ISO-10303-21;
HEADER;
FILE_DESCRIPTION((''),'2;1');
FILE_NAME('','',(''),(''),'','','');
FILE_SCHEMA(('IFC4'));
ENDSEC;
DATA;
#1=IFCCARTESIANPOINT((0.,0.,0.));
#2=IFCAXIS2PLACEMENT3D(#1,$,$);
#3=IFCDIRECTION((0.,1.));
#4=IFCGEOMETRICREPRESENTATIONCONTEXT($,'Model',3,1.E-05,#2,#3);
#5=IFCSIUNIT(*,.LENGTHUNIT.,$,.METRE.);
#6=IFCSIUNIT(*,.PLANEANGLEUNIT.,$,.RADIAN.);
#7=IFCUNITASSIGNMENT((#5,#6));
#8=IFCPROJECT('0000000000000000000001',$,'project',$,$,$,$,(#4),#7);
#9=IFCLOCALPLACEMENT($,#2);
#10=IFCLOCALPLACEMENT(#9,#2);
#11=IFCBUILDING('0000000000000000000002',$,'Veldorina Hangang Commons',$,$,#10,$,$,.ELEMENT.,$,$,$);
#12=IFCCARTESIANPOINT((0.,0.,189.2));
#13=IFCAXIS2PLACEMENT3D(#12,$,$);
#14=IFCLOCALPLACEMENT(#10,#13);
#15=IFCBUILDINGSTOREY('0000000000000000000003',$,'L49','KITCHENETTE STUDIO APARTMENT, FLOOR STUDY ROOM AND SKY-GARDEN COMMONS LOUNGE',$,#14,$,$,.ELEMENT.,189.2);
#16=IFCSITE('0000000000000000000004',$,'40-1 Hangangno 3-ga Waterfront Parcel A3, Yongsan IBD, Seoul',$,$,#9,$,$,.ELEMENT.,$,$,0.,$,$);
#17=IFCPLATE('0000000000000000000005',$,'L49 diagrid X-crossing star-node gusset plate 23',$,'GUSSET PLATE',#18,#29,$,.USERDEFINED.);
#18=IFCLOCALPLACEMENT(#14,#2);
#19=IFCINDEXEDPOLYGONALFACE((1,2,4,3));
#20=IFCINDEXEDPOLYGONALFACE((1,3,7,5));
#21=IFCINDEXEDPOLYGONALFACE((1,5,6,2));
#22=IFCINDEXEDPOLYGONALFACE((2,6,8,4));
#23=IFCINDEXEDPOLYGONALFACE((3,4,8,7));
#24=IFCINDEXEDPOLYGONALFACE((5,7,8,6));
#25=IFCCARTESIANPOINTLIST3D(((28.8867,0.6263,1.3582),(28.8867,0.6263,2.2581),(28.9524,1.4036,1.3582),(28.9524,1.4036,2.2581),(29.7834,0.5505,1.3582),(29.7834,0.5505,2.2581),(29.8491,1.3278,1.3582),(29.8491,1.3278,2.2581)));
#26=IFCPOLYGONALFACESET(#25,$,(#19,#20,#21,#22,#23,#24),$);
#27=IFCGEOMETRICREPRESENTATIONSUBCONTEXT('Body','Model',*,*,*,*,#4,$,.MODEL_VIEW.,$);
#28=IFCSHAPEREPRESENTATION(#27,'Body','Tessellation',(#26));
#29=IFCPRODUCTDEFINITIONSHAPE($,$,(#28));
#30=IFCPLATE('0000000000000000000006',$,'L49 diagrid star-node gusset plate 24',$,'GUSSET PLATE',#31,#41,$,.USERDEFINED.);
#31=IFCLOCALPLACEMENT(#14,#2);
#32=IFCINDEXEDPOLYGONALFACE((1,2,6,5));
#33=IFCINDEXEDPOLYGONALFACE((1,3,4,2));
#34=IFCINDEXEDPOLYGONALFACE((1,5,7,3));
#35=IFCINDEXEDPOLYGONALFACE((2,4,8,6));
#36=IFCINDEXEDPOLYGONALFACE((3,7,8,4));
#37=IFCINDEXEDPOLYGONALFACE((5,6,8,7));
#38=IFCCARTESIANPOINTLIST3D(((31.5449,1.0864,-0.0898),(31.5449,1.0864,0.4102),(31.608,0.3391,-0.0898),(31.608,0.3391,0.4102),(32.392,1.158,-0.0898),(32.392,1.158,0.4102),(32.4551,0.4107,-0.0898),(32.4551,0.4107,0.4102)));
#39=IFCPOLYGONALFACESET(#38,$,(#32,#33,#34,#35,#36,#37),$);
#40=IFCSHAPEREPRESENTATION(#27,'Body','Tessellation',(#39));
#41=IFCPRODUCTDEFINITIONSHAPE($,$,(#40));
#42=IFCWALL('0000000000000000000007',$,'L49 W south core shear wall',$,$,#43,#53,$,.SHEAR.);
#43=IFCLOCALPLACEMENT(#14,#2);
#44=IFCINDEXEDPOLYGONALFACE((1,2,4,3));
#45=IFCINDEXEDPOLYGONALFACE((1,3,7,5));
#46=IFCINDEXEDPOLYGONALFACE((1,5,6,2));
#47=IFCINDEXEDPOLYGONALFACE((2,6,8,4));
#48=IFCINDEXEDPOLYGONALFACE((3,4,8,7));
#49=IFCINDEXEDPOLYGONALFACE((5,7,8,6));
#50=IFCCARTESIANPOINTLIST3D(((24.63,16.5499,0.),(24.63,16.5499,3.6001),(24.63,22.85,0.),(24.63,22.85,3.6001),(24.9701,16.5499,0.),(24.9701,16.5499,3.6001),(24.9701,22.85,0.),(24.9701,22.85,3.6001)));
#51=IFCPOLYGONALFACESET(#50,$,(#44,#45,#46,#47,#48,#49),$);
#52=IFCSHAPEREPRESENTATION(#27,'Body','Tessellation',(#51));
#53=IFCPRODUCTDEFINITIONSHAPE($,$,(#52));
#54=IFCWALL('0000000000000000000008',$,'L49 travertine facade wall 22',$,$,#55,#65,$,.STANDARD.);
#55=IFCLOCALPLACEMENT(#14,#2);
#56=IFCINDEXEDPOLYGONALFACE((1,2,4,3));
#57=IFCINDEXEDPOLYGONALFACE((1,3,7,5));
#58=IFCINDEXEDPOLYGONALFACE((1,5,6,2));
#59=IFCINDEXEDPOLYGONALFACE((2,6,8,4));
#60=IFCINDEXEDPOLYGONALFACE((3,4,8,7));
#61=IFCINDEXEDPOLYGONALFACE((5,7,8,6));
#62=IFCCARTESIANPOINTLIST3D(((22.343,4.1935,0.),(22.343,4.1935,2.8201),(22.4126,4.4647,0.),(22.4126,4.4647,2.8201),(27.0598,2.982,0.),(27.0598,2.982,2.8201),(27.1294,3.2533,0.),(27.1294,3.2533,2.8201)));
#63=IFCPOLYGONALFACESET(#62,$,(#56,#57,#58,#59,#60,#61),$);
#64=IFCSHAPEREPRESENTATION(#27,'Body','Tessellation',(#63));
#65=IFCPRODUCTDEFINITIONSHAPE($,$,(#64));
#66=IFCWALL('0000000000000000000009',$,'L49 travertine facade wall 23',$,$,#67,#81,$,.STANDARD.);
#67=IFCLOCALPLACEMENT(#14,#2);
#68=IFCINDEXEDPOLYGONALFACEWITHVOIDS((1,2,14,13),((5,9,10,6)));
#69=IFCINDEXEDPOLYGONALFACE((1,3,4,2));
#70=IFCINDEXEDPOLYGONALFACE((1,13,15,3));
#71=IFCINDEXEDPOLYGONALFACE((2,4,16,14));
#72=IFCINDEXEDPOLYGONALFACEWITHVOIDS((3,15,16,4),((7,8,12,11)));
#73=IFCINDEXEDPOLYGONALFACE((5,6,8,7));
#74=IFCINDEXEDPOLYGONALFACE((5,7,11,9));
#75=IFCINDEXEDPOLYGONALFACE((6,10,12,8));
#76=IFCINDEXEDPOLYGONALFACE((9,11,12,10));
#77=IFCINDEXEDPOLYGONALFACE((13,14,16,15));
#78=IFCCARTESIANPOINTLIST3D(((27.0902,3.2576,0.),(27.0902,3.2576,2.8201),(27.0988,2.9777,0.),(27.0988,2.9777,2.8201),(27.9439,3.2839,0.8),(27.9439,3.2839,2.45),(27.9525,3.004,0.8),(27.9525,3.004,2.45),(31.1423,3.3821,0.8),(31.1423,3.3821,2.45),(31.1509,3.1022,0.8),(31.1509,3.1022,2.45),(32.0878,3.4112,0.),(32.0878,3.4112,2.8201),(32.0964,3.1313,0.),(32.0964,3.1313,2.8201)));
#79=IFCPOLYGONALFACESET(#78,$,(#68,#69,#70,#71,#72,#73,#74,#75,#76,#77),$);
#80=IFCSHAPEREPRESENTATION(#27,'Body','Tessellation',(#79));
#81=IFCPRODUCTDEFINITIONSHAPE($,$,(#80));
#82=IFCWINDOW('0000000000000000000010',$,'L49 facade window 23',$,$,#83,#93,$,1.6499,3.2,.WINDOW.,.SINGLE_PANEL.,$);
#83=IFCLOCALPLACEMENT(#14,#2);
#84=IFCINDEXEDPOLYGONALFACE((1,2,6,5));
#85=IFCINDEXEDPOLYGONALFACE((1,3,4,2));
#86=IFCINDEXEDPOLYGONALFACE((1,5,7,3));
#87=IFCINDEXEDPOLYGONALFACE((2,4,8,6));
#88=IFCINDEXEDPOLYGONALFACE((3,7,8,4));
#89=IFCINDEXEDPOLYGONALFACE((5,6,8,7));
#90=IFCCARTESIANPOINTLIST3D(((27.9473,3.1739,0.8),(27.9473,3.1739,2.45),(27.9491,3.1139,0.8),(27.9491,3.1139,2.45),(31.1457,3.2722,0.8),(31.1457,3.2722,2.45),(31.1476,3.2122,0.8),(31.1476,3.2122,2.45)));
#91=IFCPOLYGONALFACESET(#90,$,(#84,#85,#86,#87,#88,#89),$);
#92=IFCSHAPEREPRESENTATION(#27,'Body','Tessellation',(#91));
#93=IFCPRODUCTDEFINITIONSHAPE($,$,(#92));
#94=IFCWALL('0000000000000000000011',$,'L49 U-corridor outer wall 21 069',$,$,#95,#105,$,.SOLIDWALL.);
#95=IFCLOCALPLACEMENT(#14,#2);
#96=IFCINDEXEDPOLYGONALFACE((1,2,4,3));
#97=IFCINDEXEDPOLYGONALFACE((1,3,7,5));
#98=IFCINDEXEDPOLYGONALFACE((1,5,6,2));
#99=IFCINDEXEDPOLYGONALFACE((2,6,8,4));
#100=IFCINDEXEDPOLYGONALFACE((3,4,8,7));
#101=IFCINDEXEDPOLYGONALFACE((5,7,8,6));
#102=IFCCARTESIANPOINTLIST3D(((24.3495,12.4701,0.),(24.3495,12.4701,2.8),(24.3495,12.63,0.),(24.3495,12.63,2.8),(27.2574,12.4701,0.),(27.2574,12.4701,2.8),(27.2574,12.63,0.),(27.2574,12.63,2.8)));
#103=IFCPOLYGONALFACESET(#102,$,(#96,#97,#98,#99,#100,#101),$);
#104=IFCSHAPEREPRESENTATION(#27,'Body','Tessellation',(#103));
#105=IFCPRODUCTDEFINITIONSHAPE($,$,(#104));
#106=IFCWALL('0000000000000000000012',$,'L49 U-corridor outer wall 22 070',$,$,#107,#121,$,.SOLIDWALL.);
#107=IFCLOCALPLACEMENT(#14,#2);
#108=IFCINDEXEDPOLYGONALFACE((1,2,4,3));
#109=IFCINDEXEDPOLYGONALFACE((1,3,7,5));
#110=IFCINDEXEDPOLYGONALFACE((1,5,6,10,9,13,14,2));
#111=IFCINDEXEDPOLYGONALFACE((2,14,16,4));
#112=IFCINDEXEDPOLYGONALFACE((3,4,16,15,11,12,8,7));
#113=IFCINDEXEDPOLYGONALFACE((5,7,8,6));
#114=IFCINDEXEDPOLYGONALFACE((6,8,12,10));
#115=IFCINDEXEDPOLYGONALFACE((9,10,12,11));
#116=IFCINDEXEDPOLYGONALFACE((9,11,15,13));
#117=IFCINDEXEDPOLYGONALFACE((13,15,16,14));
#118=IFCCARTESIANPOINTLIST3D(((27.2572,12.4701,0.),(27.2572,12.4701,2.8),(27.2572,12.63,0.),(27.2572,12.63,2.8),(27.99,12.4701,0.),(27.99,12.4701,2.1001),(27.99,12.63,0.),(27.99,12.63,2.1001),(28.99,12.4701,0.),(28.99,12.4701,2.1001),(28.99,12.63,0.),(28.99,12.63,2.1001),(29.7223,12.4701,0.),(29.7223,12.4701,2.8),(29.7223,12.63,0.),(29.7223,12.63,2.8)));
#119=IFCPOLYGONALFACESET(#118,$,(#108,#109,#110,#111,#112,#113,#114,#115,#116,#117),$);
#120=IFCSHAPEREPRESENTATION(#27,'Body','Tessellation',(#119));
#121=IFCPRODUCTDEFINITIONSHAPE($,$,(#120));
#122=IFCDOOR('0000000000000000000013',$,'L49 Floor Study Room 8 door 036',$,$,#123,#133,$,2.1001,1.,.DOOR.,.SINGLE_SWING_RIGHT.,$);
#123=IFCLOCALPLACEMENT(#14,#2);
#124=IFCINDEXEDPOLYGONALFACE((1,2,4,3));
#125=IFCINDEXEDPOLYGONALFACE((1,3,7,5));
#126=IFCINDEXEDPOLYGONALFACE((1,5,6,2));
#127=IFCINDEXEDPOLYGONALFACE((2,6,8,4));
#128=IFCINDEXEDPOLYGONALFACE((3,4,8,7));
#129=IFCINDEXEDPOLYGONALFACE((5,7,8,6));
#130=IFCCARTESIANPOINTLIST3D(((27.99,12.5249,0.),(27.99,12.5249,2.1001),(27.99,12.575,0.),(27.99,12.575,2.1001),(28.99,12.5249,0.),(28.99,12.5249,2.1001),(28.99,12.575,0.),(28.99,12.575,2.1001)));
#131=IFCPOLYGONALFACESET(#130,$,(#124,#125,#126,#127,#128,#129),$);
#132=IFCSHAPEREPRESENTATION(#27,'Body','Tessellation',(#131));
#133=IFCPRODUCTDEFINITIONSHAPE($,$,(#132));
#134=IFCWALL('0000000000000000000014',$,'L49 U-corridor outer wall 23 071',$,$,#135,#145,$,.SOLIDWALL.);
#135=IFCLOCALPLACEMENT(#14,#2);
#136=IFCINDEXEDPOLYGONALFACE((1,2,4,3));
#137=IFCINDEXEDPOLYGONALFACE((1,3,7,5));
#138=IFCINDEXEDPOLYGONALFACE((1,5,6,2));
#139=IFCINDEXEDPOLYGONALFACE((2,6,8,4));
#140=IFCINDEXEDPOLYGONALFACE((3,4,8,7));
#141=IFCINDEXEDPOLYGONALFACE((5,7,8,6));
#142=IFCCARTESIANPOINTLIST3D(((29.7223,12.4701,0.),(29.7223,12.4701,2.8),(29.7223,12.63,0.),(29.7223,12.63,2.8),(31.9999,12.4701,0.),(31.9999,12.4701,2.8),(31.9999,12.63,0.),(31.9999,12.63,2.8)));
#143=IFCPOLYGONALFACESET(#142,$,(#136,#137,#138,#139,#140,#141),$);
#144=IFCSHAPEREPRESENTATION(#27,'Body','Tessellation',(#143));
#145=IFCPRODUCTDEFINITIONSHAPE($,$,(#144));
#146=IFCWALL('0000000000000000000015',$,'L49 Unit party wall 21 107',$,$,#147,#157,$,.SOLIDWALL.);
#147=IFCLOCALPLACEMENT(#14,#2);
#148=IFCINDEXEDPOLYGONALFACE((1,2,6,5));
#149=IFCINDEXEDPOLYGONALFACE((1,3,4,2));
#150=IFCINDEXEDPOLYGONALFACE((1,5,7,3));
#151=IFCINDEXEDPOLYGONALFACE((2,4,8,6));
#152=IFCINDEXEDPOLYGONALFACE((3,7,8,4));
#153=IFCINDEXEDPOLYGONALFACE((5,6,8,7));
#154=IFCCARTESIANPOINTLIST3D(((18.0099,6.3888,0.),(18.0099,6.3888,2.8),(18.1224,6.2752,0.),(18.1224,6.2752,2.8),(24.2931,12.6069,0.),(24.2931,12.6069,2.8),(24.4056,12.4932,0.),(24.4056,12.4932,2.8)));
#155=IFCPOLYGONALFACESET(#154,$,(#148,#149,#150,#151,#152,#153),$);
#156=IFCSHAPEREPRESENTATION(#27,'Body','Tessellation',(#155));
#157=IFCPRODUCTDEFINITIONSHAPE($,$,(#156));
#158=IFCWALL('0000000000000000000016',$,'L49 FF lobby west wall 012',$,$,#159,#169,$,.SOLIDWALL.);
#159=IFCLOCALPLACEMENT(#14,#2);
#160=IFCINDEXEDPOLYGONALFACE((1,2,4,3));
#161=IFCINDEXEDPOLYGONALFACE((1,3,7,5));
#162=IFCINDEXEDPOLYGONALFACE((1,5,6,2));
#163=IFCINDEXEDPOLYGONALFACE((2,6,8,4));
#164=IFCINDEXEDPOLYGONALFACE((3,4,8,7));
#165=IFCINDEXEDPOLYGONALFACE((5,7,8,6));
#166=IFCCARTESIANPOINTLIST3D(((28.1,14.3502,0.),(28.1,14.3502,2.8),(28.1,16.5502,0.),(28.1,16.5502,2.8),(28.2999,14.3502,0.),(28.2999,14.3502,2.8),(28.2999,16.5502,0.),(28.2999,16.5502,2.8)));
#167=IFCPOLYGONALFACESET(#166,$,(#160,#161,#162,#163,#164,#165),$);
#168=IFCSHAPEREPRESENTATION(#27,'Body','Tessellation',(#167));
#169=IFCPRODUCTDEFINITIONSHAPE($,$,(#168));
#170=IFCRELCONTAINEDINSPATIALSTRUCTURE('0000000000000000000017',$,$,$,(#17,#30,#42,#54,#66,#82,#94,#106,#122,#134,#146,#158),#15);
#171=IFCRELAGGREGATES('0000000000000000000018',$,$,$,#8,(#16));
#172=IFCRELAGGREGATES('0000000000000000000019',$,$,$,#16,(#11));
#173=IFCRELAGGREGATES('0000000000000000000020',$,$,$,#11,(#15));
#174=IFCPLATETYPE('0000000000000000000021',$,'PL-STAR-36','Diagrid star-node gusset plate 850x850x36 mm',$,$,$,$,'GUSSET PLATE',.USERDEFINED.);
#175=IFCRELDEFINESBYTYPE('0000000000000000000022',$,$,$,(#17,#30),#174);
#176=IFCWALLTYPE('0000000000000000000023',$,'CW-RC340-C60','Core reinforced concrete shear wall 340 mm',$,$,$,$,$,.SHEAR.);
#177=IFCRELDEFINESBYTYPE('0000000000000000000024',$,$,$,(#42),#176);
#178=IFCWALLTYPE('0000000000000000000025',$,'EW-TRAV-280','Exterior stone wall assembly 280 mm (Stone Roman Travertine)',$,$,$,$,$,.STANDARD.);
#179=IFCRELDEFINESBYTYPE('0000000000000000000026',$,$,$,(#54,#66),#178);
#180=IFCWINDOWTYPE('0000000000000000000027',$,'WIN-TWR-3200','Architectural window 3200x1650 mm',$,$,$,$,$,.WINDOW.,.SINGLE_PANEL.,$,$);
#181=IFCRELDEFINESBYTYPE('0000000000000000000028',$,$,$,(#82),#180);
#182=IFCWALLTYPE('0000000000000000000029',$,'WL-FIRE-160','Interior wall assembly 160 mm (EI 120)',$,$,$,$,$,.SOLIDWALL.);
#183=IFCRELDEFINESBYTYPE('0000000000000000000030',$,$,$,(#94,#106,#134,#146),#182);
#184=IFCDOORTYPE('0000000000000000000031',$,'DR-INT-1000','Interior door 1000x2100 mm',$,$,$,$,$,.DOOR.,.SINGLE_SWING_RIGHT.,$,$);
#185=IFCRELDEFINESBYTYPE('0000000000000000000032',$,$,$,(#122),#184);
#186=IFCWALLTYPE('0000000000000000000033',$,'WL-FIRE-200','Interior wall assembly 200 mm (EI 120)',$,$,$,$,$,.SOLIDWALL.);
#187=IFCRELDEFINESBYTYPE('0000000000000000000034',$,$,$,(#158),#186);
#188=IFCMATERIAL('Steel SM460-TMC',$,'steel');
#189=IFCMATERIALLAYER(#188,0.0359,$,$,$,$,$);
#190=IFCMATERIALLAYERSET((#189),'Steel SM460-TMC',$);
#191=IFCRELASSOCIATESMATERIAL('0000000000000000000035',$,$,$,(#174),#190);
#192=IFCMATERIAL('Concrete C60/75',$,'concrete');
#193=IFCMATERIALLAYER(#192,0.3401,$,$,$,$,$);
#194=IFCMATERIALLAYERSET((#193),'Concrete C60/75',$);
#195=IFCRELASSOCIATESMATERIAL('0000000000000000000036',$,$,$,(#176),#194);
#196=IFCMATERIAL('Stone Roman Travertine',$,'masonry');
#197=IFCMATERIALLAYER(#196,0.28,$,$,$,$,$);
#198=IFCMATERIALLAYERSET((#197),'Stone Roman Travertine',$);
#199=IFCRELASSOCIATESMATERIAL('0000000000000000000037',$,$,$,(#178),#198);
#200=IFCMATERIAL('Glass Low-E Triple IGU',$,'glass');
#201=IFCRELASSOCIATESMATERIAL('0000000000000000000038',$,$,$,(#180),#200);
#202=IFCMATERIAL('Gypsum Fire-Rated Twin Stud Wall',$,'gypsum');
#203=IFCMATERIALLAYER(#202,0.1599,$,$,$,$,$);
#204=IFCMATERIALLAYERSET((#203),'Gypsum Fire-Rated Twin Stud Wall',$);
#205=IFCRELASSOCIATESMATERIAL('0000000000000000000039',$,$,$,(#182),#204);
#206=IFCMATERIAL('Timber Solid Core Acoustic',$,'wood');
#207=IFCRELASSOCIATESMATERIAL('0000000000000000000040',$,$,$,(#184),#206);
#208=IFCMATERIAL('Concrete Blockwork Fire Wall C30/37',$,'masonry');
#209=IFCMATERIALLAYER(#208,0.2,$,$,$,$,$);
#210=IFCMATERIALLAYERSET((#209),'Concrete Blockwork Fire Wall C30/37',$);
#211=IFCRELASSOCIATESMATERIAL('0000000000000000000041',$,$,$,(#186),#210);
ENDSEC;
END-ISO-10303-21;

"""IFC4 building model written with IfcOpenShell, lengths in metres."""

from ifc_helpers import new_model, si_unit, direction, frame, frame_2d, origin, origin_2d, place, context, subcontext, project, spatial, rectangle, extrude, material, layer, layer_set, type_object, element, fill, save


model = new_model("IFC4")

# Units and contexts
model_context = context("Model", 3, precision=1e-05, world=origin(), true_north=direction((0.0, 1.0)))
body_context = subcontext(model_context, "Body", "Model", "MODEL_VIEW")
ifc_project = project(units=[si_unit("LENGTHUNIT", "METRE"), si_unit("PLANEANGLEUNIT", "RADIAN")], contexts=[model_context])

# Site, building, storey
site_placement = place(None, origin())
site = spatial("IfcSite", under=ifc_project, at=site_placement, Name="40-1 Hangangno 3-ga Waterfront Parcel A3, Yongsan IBD, Seoul", CompositionType="ELEMENT", RefElevation=0.0)
building_placement = place(site_placement, origin())
building = spatial("IfcBuilding", under=site, at=building_placement, Name="Veldorina Hangang Commons", CompositionType="ELEMENT")
storey_placement = place(building_placement, frame((0.0, 0.0, 189.2)))
storey = spatial("IfcBuildingStorey", under=building, at=storey_placement, Name="L49", Description="KITCHENETTE STUDIO APARTMENT, FLOOR STUDY ROOM AND SKY-GARDEN COMMONS LOUNGE", CompositionType="ELEMENT", Elevation=189.2)

# Shared definitions
ifc_material_1 = material(Name="Glass Low-E Triple IGU", Category="glass")

# Plates
ifc_material_2 = material(Name="Steel SM460-TMC", Category="steel")
ifc_layer_1 = layer(ifc_material_2, 0.0359)
ifc_layer_set_1 = layer_set([ifc_layer_1], Name="Steel SM460-TMC")
plate_type = type_object("IfcPlateType", Name="PL-STAR-36", Description="Diagrid star-node gusset plate 850x850x36 mm", ElementType="GUSSET PLATE", PredefinedType="USERDEFINED", material=ifc_layer_set_1)
plate_1_placement = place(storey_placement, frame((29.3679, 0.9771, 1.3582), z_axis=(0.0, 0.0, 1.0), x_axis=(0.996449, -0.0842, 0.0)))
element("IfcPlate", 1, at=plate_1_placement, inside=storey, type_object=plate_type, Name="L49 diagrid X-crossing star-node gusset plate 23", ObjectType="GUSSET PLATE", PredefinedType="USERDEFINED", context=body_context, shape_type="SweptSolid", body=[
    extrude(rectangle(XDim=0.8999, YDim=0.78, at=origin_2d()), origin(), (0.0, 0.0, 1.0), 0.8999),
])
plate_2_placement = place(storey_placement, frame((32.0, 0.7485, -0.0898), z_axis=(0.0, 0.0, 1.0), x_axis=(0.996449, 0.0842, 0.0)))
element("IfcPlate", 2, at=plate_2_placement, inside=storey, type_object=plate_type, Name="L49 diagrid star-node gusset plate 24", ObjectType="GUSSET PLATE", PredefinedType="USERDEFINED", context=body_context, shape_type="SweptSolid", body=[
    extrude(rectangle(XDim=0.8501, YDim=0.75, at=origin_2d()), origin(), (0.0, 0.0, 1.0), 0.5),
])

# Walls
ifc_material_3 = material(Name="Concrete C60/75", Category="concrete")
ifc_layer_2 = layer(ifc_material_3, 0.3401)
ifc_layer_set_2 = layer_set([ifc_layer_2], Name="Concrete C60/75")
wall_type_1 = type_object("IfcWallType", Name="CW-RC340-C60", Description="Core reinforced concrete shear wall 340 mm", PredefinedType="SHEAR", material=ifc_layer_set_2)
wall_1_placement = place(storey_placement, frame((24.8, 16.55, 0.0), z_axis=(0.0, 0.0, 1.0), x_axis=(0.0, 1.0, 0.0)))
element("IfcWall", 3, at=wall_1_placement, inside=storey, type_object=wall_type_1, Name="L49 W south core shear wall", PredefinedType="SHEAR", context=body_context, shape_type="SweptSolid", body=[
    extrude(rectangle(XDim=6.3, YDim=0.3401, at=frame_2d((3.1499, 0.0))), origin(), (0.0, 0.0, 1.0), 3.6001),
])
ifc_material_4 = material(Name="Stone Roman Travertine", Category="masonry")
ifc_layer_3 = layer(ifc_material_4, 0.28)
ifc_layer_set_3 = layer_set([ifc_layer_3], Name="Stone Roman Travertine")
wall_type_2 = type_object("IfcWallType", Name="EW-TRAV-280", Description="Exterior stone wall assembly 280 mm (Stone Roman Travertine)", PredefinedType="STANDARD", material=ifc_layer_set_3)
wall_2_placement = place(storey_placement, frame((22.3777, 4.3291, 0.0), z_axis=(0.0, 0.0, 1.0), x_axis=(0.968565, -0.248759, 0.0)))
element("IfcWall", 4, at=wall_2_placement, inside=storey, type_object=wall_type_2, Name="L49 travertine facade wall 22", PredefinedType="STANDARD", context=body_context, shape_type="SweptSolid", body=[
    extrude(rectangle(XDim=4.8699, YDim=0.28, at=frame_2d((2.4351, 0.0))), origin(), (0.0, 0.0, 1.0), 2.8201),
])

# Wall, opening, window
wall_3_placement = place(storey_placement, frame((27.0945, 3.1177, 0.0), z_axis=(0.0, 0.0, 1.0), x_axis=(0.999528, 0.030713, 0.0)))
wall_3 = element("IfcWall", 5, at=wall_3_placement, inside=storey, type_object=wall_type_2, Name="L49 travertine facade wall 23", PredefinedType="STANDARD", context=body_context, shape_type="SweptSolid", body=[
    extrude(rectangle(XDim=5.0, YDim=0.28, at=frame_2d((2.5, 0.0))), origin(), (0.0, 0.0, 1.0), 2.8201),
])
opening_1_placement = place(wall_3_placement, frame((0.854, 0.0, 0.8)))
opening_1 = element("IfcOpeningElement", 6, at=opening_1_placement, cuts=wall_3, PredefinedType="OPENING", context=body_context, shape_type="SweptSolid", body=[
    extrude(rectangle(XDim=3.2, YDim=1.6499, at=frame_2d((1.6001, 0.825))), frame((0.0, 0.1499, 0.0), z_axis=(0.0, -1.0, 0.0), x_axis=(1.0, 0.0, 0.0)), (0.0, 0.0, 1.0), 0.3),
])
window_type = type_object("IfcWindowType", Name="WIN-TWR-3200", Description="Architectural window 3200x1650 mm", PartitioningType="SINGLE_PANEL", PredefinedType="WINDOW", material=ifc_material_1)
window_placement = place(opening_1_placement, origin())
window = element("IfcWindow", 7, at=window_placement, inside=storey, type_object=window_type, Name="L49 facade window 23", OverallHeight=1.6499, OverallWidth=3.2, PartitioningType="SINGLE_PANEL", PredefinedType="WINDOW", context=body_context, shape_type="SweptSolid", body=[
    extrude(rectangle(XDim=3.2, YDim=1.6499, at=frame_2d((1.6001, 0.825))), frame((0.0, 0.03, 0.0), z_axis=(0.0, -1.0, 0.0), x_axis=(1.0, 0.0, 0.0)), (0.0, 0.0, 1.0), 0.0601),
])
fill(opening_1, window)

# Wall
ifc_material_5 = material(Name="Gypsum Fire-Rated Twin Stud Wall", Category="gypsum")
ifc_layer_4 = layer(ifc_material_5, 0.1599)
ifc_layer_set_4 = layer_set([ifc_layer_4], Name="Gypsum Fire-Rated Twin Stud Wall")
wall_type_3 = type_object("IfcWallType", Name="WL-FIRE-160", Description="Interior wall assembly 160 mm (EI 120)", PredefinedType="SOLIDWALL", material=ifc_layer_set_4)
wall_4_placement = place(storey_placement, frame((24.3494, 12.55, 0.0), z_axis=(0.0, 0.0, 1.0), x_axis=(1.0, 0.0, 0.0)))
element("IfcWall", 8, at=wall_4_placement, inside=storey, type_object=wall_type_3, Name="L49 U-corridor outer wall 21 069", PredefinedType="SOLIDWALL", context=body_context, shape_type="SweptSolid", body=[
    extrude(rectangle(XDim=2.908, YDim=0.1599, at=frame_2d((1.4541, 0.0))), origin(), (0.0, 0.0, 1.0), 2.8),
])

# Wall, opening, door
wall_5_placement = place(storey_placement, frame((27.2573, 12.55, 0.0), z_axis=(0.0, 0.0, 1.0), x_axis=(1.0, 0.0, 0.0)))
wall_5 = element("IfcWall", 9, at=wall_5_placement, inside=storey, type_object=wall_type_3, Name="L49 U-corridor outer wall 22 070", PredefinedType="SOLIDWALL", context=body_context, shape_type="SweptSolid", body=[
    extrude(rectangle(XDim=2.4651, YDim=0.1599, at=frame_2d((1.2324, 0.0))), origin(), (0.0, 0.0, 1.0), 2.8),
])
opening_2_placement = place(wall_5_placement, frame((0.7327, 0.0, 0.0)))
opening_2 = element("IfcOpeningElement", 10, at=opening_2_placement, cuts=wall_5, PredefinedType="OPENING", context=body_context, shape_type="SweptSolid", body=[
    extrude(rectangle(XDim=1.0, YDim=2.1001, at=frame_2d((0.5, 1.05))), frame((0.0, 0.0898, 0.0), z_axis=(0.0, -1.0, 0.0), x_axis=(1.0, 0.0, 0.0)), (0.0, 0.0, 1.0), 0.1799),
])
ifc_material_6 = material(Name="Timber Solid Core Acoustic", Category="wood")
door_type_1 = type_object("IfcDoorType", Name="DR-INT-1000", Description="Interior door 1000x2100 mm", OperationType="SINGLE_SWING_RIGHT", PredefinedType="DOOR", material=ifc_material_6)
door_1_placement = place(opening_2_placement, origin())
door_1 = element("IfcDoor", 11, at=door_1_placement, inside=storey, type_object=door_type_1, Name="L49 Floor Study Room 8 door 036", OperationType="SINGLE_SWING_RIGHT", OverallHeight=2.1001, OverallWidth=1.0, PredefinedType="DOOR", context=body_context, shape_type="SweptSolid", body=[
    extrude(rectangle(XDim=1.0, YDim=2.1001, at=frame_2d((0.5, 1.05))), frame((0.0, 0.0249, 0.0), z_axis=(0.0, -1.0, 0.0), x_axis=(1.0, 0.0, 0.0)), (0.0, 0.0, 1.0), 0.05),
])
fill(opening_2, door_1)

# Walls
wall_6_placement = place(storey_placement, frame((29.7224, 12.55, 0.0), z_axis=(0.0, 0.0, 1.0), x_axis=(1.0, 0.0, 0.0)))
element("IfcWall", 12, at=wall_6_placement, inside=storey, type_object=wall_type_3, Name="L49 U-corridor outer wall 23 071", PredefinedType="SOLIDWALL", context=body_context, shape_type="SweptSolid", body=[
    extrude(rectangle(XDim=2.2776, YDim=0.1599, at=frame_2d((1.1387, 0.0))), origin(), (0.0, 0.0, 1.0), 2.8),
])
wall_7_placement = place(storey_placement, frame((24.3494, 12.55, 0.0), z_axis=(0.0, 0.0, 1.0), x_axis=(-0.710784, -0.70341, 0.0)))
element("IfcWall", 13, at=wall_7_placement, inside=storey, type_object=wall_type_3, Name="L49 Unit party wall 21 107", PredefinedType="SOLIDWALL", context=body_context, shape_type="SweptSolid", body=[
    extrude(rectangle(XDim=8.8398, YDim=0.1599, at=frame_2d((4.4199, 0.0))), origin(), (0.0, 0.0, 1.0), 2.8),
])
ifc_material_7 = material(Name="Concrete Blockwork Fire Wall C30/37", Category="masonry")
ifc_layer_5 = layer(ifc_material_7, 0.2)
ifc_layer_set_5 = layer_set([ifc_layer_5], Name="Concrete Blockwork Fire Wall C30/37")
wall_type_4 = type_object("IfcWallType", Name="WL-FIRE-200", Description="Interior wall assembly 200 mm (EI 120)", PredefinedType="SOLIDWALL", material=ifc_layer_set_5)
wall_8_placement = place(storey_placement, frame((28.2, 14.3501, 0.0), z_axis=(0.0, 0.0, 1.0), x_axis=(0.0, 1.0, 0.0)))
element("IfcWall", 14, at=wall_8_placement, inside=storey, type_object=wall_type_4, Name="L49 FF lobby west wall 012", PredefinedType="SOLIDWALL", context=body_context, shape_type="SweptSolid", body=[
    extrude(rectangle(XDim=2.2, YDim=0.2, at=frame_2d((1.1001, 0.0))), origin(), (0.0, 0.0, 1.0), 2.8),
])

save(model, "model.ifc")
